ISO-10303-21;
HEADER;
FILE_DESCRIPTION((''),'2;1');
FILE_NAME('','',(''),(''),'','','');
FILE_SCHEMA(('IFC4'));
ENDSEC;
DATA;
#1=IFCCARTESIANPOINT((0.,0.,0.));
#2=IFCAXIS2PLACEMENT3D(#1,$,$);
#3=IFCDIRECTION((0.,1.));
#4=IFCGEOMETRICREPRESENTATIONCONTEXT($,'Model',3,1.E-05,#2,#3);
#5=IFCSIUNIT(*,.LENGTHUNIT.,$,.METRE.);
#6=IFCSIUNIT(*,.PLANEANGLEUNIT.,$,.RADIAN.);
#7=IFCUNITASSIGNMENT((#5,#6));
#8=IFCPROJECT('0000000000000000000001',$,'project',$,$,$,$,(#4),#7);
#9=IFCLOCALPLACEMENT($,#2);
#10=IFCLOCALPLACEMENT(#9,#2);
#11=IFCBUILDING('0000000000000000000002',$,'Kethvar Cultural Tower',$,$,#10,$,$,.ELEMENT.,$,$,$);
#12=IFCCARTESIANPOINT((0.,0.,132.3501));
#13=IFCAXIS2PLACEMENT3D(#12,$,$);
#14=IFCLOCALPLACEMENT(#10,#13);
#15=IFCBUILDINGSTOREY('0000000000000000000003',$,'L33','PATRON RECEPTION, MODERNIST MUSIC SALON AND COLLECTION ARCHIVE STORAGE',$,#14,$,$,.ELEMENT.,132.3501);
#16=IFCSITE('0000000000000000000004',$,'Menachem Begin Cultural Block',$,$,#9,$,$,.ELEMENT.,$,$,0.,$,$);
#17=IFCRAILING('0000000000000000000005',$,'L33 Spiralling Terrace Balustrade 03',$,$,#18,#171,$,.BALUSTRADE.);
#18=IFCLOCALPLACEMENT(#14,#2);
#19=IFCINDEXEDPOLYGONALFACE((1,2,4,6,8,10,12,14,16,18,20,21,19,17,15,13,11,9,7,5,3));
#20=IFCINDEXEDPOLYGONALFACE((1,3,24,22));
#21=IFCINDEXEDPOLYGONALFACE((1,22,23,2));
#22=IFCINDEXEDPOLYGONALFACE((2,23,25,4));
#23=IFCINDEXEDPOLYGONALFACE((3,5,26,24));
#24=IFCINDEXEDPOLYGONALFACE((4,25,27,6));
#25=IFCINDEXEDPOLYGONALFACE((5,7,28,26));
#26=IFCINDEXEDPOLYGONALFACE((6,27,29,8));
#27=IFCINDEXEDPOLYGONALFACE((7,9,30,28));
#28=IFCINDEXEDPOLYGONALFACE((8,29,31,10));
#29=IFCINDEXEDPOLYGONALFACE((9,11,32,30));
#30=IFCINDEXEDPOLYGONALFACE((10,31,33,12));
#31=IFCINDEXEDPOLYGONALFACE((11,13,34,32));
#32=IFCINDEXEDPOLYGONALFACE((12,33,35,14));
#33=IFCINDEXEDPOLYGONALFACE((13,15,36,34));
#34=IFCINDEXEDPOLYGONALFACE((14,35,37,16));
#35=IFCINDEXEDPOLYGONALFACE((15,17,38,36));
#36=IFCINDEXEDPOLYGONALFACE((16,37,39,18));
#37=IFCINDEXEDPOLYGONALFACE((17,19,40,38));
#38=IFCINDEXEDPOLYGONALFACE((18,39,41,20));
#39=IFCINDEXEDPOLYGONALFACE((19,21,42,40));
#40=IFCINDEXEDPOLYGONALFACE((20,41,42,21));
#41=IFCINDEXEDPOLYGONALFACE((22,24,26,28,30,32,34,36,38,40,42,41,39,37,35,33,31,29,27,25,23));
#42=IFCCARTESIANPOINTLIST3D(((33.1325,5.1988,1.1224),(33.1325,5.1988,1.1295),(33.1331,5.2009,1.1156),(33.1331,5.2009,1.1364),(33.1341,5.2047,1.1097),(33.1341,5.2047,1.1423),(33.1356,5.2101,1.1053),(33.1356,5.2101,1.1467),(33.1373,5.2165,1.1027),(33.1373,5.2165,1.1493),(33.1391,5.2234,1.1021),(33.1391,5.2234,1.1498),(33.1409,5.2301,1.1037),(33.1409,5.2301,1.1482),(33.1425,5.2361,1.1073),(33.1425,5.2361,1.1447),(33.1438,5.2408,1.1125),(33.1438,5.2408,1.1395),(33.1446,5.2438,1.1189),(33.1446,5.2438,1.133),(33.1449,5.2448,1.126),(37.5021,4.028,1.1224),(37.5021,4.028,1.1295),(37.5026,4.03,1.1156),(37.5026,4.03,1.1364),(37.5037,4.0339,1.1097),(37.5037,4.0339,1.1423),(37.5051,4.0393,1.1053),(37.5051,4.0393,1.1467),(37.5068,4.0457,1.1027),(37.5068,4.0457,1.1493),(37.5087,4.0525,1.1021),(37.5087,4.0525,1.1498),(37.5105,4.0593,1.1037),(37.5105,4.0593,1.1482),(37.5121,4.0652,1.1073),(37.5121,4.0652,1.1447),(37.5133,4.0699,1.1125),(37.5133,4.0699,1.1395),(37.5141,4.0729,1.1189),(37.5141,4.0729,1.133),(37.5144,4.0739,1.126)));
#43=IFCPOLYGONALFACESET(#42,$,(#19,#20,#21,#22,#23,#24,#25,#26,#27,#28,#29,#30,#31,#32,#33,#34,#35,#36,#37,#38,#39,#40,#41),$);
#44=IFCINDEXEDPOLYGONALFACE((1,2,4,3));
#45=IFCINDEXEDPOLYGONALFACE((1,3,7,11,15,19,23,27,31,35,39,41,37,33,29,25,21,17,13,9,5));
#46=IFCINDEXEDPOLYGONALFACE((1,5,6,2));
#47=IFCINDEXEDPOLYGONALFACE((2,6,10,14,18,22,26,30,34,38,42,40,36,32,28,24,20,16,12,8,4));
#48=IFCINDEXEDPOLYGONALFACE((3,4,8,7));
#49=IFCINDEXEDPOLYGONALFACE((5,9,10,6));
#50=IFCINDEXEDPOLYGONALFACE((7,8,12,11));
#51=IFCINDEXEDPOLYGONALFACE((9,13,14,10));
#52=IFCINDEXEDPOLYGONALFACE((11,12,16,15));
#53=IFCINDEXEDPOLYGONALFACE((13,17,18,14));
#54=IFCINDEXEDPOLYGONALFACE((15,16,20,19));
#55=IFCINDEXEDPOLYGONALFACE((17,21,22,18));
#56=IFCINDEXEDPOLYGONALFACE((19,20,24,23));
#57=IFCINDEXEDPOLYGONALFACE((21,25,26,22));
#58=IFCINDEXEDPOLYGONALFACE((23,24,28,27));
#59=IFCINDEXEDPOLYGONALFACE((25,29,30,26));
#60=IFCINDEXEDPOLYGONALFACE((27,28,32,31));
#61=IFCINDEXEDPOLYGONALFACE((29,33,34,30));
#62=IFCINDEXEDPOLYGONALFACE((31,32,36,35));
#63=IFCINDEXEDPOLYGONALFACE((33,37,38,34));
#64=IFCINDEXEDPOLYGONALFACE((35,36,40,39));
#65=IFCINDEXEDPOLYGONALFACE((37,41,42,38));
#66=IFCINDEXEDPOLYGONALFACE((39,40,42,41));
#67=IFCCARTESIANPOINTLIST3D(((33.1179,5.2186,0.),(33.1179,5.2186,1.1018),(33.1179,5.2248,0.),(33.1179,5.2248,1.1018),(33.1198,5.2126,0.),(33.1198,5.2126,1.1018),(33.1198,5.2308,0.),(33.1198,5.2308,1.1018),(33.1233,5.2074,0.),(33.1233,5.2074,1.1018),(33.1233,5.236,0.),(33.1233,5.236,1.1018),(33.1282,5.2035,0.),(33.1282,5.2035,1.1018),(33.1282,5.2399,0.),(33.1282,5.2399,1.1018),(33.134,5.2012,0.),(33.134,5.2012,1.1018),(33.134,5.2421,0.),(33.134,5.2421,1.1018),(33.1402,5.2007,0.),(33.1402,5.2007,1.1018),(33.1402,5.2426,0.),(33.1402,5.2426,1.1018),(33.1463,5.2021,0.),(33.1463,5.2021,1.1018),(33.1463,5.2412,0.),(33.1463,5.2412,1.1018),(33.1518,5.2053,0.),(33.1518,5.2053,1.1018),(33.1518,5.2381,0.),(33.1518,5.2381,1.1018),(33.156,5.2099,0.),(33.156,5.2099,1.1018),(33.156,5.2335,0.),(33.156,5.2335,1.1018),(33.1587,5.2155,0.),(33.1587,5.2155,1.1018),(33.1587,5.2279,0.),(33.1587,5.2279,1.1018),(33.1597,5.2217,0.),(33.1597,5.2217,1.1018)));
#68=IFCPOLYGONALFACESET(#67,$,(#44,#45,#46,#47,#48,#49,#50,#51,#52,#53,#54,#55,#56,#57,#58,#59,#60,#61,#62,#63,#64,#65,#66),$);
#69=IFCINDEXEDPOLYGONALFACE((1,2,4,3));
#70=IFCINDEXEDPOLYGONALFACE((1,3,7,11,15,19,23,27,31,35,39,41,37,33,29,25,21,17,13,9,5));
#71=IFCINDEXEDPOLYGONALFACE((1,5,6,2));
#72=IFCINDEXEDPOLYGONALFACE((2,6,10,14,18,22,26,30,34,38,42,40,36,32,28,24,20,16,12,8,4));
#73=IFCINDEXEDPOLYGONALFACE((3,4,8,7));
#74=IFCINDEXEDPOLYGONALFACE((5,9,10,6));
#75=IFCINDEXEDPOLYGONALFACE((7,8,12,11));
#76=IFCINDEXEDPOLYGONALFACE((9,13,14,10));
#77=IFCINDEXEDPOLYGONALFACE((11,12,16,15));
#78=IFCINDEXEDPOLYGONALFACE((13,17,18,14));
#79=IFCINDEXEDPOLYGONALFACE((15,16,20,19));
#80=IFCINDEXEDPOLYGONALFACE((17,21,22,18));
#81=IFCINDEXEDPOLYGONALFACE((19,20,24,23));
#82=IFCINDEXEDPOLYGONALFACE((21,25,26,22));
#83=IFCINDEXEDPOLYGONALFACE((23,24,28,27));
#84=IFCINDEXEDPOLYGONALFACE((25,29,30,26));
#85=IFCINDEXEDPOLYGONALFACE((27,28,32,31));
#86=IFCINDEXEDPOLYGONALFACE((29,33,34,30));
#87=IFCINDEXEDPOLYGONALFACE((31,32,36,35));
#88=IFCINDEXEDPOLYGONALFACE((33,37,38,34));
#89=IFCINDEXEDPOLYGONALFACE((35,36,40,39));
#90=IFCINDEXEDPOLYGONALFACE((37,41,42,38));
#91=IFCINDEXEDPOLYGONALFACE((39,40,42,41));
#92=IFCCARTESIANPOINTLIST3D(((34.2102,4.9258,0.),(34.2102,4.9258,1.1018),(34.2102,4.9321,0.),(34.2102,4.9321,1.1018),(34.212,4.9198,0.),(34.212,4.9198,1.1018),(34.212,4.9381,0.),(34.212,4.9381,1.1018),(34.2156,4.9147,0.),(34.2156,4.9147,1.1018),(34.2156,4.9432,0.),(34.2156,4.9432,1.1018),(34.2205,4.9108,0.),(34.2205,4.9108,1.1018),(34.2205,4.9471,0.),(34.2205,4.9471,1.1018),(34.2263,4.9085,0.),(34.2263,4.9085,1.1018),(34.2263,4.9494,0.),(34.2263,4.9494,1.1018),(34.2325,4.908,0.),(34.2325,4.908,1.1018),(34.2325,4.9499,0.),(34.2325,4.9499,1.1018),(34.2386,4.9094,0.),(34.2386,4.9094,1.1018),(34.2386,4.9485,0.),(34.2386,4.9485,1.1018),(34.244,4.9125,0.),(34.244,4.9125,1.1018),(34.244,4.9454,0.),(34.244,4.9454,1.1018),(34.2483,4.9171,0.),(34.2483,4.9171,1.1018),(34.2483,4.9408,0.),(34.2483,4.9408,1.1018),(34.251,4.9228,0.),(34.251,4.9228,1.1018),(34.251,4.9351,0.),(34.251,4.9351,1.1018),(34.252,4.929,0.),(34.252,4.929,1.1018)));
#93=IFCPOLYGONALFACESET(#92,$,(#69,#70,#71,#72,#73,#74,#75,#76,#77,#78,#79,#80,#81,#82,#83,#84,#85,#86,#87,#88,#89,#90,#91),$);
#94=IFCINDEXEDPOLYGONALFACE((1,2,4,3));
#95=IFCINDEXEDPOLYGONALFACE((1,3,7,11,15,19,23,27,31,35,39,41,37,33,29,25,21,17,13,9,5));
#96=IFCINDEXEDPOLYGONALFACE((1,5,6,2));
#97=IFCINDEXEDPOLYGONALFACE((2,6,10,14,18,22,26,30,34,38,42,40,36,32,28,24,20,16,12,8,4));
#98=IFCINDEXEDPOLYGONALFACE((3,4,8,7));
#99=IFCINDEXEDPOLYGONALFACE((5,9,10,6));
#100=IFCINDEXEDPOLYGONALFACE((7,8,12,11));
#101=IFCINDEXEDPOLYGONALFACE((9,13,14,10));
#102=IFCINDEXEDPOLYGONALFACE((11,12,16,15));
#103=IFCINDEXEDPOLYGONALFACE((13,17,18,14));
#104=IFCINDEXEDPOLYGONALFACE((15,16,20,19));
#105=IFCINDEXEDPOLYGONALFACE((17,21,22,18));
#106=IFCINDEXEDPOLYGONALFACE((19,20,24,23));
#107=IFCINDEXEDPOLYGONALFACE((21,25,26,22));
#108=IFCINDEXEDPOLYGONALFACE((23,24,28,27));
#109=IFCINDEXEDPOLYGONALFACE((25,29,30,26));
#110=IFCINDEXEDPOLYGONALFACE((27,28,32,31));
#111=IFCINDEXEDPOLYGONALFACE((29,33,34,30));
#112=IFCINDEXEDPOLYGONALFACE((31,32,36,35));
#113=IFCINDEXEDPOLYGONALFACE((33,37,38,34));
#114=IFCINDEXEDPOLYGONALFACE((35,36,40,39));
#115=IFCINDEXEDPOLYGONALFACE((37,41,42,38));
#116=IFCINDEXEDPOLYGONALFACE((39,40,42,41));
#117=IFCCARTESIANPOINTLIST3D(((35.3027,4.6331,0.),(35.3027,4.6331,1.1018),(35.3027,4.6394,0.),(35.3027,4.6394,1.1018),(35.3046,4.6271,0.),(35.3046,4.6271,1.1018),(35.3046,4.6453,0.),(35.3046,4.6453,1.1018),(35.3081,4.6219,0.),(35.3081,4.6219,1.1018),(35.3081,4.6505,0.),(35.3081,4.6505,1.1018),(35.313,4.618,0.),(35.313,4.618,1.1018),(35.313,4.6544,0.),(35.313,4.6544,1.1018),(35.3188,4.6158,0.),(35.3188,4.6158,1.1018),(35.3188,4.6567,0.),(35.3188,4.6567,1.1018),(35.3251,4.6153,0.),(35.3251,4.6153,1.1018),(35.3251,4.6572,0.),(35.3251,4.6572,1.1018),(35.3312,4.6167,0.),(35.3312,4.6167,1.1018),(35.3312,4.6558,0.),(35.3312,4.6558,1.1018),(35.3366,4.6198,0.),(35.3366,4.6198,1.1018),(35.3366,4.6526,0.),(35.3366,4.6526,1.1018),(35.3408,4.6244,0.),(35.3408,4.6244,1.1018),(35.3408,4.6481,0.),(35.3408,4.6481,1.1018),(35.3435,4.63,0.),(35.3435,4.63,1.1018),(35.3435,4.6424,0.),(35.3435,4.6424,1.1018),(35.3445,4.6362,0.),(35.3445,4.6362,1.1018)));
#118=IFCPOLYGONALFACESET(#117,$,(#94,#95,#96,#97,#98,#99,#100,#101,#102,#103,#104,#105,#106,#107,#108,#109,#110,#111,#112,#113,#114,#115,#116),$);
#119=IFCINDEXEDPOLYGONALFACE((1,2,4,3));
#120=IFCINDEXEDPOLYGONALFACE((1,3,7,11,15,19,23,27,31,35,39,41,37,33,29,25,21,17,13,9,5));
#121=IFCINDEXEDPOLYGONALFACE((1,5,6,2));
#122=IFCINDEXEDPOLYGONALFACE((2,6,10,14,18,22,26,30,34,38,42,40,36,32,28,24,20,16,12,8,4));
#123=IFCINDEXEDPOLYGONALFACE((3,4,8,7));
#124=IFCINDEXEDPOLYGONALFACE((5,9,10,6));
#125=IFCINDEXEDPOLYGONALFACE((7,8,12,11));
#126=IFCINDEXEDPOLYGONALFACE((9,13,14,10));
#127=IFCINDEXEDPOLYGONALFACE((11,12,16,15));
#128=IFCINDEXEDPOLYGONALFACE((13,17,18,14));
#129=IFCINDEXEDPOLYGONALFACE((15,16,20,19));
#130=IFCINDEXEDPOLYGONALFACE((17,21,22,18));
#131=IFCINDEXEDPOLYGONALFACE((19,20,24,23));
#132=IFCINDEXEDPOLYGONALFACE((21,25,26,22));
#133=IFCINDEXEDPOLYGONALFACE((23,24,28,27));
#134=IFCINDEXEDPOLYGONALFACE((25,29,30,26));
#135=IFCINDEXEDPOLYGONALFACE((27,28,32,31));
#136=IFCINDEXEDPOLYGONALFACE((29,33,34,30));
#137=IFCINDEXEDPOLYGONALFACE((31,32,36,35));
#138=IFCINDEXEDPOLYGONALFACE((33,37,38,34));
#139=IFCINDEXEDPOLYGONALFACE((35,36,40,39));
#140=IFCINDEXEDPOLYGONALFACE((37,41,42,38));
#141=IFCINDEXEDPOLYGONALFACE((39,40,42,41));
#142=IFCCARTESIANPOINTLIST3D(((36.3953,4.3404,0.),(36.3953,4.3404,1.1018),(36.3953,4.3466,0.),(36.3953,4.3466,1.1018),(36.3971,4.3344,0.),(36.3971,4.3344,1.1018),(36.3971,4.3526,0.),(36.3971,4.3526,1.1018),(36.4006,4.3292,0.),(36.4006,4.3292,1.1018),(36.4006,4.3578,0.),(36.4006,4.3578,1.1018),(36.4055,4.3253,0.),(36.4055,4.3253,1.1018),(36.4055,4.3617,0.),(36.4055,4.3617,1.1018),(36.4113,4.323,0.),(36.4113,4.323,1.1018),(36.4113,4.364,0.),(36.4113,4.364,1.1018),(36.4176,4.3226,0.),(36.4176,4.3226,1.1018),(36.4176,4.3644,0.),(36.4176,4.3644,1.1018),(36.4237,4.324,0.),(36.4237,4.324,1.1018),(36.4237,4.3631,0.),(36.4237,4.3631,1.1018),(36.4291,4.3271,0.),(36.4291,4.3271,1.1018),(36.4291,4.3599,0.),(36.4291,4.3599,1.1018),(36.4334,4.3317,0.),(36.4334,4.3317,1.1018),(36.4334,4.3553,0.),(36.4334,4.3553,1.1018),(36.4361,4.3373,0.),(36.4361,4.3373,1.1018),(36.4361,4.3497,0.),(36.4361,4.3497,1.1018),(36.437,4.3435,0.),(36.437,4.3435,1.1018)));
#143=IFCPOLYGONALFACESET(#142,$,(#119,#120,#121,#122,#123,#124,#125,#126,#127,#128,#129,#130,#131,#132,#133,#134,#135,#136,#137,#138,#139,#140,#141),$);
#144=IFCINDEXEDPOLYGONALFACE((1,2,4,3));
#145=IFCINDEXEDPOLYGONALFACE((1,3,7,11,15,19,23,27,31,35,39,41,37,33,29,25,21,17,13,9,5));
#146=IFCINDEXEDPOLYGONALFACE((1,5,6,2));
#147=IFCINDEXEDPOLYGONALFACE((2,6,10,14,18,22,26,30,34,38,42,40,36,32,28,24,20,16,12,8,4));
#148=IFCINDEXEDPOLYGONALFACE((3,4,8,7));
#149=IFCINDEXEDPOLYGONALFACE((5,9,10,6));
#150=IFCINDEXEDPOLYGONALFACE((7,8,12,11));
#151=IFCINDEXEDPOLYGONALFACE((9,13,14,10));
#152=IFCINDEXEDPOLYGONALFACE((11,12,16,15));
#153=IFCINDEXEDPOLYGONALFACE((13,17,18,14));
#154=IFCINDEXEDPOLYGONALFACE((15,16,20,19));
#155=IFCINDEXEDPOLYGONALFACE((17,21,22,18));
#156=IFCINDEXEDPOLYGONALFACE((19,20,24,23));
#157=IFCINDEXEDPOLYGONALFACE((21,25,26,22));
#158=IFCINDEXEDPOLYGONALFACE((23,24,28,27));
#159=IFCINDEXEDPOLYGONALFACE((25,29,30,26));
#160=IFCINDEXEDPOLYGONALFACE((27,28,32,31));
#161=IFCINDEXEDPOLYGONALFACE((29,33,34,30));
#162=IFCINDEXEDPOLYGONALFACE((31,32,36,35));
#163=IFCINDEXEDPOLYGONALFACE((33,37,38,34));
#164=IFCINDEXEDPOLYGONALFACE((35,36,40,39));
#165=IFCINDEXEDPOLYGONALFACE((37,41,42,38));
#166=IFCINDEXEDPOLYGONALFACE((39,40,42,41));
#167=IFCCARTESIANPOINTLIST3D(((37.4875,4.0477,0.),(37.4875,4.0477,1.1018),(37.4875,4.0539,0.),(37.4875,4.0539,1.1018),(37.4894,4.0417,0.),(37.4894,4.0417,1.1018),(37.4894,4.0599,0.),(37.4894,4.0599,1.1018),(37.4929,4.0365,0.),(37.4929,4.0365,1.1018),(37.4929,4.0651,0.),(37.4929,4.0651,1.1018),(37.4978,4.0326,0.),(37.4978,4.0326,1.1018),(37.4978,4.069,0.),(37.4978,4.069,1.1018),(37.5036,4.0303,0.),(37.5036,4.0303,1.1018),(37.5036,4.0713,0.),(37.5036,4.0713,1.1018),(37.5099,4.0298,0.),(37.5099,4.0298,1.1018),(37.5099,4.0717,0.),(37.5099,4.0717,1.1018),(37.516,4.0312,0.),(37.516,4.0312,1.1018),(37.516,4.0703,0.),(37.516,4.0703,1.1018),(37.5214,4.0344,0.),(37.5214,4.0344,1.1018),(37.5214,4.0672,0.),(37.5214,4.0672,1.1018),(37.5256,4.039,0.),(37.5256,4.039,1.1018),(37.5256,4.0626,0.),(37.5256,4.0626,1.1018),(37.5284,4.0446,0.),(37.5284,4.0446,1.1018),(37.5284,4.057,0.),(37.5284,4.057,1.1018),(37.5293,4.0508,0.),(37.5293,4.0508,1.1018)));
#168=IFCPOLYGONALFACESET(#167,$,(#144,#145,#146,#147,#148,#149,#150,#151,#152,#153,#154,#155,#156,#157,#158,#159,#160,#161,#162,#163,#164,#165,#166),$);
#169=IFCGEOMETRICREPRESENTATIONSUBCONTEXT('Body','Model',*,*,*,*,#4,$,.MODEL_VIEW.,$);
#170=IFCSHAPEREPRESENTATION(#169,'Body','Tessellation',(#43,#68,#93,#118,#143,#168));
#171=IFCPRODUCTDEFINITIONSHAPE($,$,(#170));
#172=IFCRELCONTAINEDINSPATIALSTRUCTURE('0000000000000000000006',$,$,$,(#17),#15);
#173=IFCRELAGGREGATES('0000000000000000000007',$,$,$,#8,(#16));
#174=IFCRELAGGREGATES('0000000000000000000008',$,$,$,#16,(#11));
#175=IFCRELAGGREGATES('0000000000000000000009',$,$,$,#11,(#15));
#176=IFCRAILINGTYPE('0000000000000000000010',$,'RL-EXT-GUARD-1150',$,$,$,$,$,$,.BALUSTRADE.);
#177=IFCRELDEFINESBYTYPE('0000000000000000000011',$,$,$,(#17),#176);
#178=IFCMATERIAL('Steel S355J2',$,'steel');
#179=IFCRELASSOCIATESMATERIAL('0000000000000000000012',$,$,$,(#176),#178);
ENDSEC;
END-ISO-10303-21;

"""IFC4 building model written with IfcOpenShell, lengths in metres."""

from ifc_helpers import new_model, si_unit, direction, frame, origin, origin_2d, place, context, subcontext, project, spatial, circle, extrude, material, type_object, element, save


model = new_model("IFC4")

# Units and contexts
model_context = context("Model", 3, precision=1e-05, world=origin(), true_north=direction((0.0, 1.0)))
body_context = subcontext(model_context, "Body", "Model", "MODEL_VIEW")
ifc_project = project(units=[si_unit("LENGTHUNIT", "METRE"), si_unit("PLANEANGLEUNIT", "RADIAN")], contexts=[model_context])

# Site, building, storey
site_placement = place(None, origin())
site = spatial("IfcSite", under=ifc_project, at=site_placement, Name="Menachem Begin Cultural Block", CompositionType="ELEMENT", RefElevation=0.0)
building_placement = place(site_placement, origin())
building = spatial("IfcBuilding", under=site, at=building_placement, Name="Kethvar Cultural Tower", CompositionType="ELEMENT")
storey_placement = place(building_placement, frame((0.0, 0.0, 132.3501)))
storey = spatial("IfcBuildingStorey", under=building, at=storey_placement, Name="L33", Description="PATRON RECEPTION, MODERNIST MUSIC SALON AND COLLECTION ARCHIVE STORAGE", CompositionType="ELEMENT", Elevation=132.3501)

# Shared definitions
ifc_material_1 = material(Name="Steel S355J2", Category="steel")

# Railing
railing_type = type_object("IfcRailingType", Name="RL-EXT-GUARD-1150", PredefinedType="BALUSTRADE", material=ifc_material_1)
railing_1_placement = place(storey_placement, frame((33.1387, 5.2217, 0.0)))
element("IfcRailing", 1, at=railing_1_placement, inside=storey, type_object=railing_type, Name="L33 Spiralling Terrace Balustrade 03", PredefinedType="BALUSTRADE", context=body_context, shape_type="SweptSolid", body=[
    extrude(circle(Radius=0.0239, at=origin_2d()), frame((0.0, 0.0, 1.126), z_axis=(0.965923, -0.258831, 0.0), x_axis=(0.258831, 0.965923, 0.0)), (0.0, 0.0, 1.0), 4.5237),
    extrude(circle(Radius=0.021, at=origin_2d()), origin(), (0.0, 0.0, 1.0), 1.1018),
    extrude(circle(Radius=0.021, at=origin_2d()), frame((1.0923, -0.2927, 0.0)), (0.0, 0.0, 1.0), 1.1018),
    extrude(circle(Radius=0.021, at=origin_2d()), frame((2.1848, -0.5854, 0.0)), (0.0, 0.0, 1.0), 1.1018),
    extrude(circle(Radius=0.021, at=origin_2d()), frame((3.2773, -0.8782, 0.0)), (0.0, 0.0, 1.0), 1.1018),
    extrude(circle(Radius=0.021, at=origin_2d()), frame((4.3696, -1.1709, 0.0)), (0.0, 0.0, 1.0), 1.1018),
])

save(model, "model.ifc")
